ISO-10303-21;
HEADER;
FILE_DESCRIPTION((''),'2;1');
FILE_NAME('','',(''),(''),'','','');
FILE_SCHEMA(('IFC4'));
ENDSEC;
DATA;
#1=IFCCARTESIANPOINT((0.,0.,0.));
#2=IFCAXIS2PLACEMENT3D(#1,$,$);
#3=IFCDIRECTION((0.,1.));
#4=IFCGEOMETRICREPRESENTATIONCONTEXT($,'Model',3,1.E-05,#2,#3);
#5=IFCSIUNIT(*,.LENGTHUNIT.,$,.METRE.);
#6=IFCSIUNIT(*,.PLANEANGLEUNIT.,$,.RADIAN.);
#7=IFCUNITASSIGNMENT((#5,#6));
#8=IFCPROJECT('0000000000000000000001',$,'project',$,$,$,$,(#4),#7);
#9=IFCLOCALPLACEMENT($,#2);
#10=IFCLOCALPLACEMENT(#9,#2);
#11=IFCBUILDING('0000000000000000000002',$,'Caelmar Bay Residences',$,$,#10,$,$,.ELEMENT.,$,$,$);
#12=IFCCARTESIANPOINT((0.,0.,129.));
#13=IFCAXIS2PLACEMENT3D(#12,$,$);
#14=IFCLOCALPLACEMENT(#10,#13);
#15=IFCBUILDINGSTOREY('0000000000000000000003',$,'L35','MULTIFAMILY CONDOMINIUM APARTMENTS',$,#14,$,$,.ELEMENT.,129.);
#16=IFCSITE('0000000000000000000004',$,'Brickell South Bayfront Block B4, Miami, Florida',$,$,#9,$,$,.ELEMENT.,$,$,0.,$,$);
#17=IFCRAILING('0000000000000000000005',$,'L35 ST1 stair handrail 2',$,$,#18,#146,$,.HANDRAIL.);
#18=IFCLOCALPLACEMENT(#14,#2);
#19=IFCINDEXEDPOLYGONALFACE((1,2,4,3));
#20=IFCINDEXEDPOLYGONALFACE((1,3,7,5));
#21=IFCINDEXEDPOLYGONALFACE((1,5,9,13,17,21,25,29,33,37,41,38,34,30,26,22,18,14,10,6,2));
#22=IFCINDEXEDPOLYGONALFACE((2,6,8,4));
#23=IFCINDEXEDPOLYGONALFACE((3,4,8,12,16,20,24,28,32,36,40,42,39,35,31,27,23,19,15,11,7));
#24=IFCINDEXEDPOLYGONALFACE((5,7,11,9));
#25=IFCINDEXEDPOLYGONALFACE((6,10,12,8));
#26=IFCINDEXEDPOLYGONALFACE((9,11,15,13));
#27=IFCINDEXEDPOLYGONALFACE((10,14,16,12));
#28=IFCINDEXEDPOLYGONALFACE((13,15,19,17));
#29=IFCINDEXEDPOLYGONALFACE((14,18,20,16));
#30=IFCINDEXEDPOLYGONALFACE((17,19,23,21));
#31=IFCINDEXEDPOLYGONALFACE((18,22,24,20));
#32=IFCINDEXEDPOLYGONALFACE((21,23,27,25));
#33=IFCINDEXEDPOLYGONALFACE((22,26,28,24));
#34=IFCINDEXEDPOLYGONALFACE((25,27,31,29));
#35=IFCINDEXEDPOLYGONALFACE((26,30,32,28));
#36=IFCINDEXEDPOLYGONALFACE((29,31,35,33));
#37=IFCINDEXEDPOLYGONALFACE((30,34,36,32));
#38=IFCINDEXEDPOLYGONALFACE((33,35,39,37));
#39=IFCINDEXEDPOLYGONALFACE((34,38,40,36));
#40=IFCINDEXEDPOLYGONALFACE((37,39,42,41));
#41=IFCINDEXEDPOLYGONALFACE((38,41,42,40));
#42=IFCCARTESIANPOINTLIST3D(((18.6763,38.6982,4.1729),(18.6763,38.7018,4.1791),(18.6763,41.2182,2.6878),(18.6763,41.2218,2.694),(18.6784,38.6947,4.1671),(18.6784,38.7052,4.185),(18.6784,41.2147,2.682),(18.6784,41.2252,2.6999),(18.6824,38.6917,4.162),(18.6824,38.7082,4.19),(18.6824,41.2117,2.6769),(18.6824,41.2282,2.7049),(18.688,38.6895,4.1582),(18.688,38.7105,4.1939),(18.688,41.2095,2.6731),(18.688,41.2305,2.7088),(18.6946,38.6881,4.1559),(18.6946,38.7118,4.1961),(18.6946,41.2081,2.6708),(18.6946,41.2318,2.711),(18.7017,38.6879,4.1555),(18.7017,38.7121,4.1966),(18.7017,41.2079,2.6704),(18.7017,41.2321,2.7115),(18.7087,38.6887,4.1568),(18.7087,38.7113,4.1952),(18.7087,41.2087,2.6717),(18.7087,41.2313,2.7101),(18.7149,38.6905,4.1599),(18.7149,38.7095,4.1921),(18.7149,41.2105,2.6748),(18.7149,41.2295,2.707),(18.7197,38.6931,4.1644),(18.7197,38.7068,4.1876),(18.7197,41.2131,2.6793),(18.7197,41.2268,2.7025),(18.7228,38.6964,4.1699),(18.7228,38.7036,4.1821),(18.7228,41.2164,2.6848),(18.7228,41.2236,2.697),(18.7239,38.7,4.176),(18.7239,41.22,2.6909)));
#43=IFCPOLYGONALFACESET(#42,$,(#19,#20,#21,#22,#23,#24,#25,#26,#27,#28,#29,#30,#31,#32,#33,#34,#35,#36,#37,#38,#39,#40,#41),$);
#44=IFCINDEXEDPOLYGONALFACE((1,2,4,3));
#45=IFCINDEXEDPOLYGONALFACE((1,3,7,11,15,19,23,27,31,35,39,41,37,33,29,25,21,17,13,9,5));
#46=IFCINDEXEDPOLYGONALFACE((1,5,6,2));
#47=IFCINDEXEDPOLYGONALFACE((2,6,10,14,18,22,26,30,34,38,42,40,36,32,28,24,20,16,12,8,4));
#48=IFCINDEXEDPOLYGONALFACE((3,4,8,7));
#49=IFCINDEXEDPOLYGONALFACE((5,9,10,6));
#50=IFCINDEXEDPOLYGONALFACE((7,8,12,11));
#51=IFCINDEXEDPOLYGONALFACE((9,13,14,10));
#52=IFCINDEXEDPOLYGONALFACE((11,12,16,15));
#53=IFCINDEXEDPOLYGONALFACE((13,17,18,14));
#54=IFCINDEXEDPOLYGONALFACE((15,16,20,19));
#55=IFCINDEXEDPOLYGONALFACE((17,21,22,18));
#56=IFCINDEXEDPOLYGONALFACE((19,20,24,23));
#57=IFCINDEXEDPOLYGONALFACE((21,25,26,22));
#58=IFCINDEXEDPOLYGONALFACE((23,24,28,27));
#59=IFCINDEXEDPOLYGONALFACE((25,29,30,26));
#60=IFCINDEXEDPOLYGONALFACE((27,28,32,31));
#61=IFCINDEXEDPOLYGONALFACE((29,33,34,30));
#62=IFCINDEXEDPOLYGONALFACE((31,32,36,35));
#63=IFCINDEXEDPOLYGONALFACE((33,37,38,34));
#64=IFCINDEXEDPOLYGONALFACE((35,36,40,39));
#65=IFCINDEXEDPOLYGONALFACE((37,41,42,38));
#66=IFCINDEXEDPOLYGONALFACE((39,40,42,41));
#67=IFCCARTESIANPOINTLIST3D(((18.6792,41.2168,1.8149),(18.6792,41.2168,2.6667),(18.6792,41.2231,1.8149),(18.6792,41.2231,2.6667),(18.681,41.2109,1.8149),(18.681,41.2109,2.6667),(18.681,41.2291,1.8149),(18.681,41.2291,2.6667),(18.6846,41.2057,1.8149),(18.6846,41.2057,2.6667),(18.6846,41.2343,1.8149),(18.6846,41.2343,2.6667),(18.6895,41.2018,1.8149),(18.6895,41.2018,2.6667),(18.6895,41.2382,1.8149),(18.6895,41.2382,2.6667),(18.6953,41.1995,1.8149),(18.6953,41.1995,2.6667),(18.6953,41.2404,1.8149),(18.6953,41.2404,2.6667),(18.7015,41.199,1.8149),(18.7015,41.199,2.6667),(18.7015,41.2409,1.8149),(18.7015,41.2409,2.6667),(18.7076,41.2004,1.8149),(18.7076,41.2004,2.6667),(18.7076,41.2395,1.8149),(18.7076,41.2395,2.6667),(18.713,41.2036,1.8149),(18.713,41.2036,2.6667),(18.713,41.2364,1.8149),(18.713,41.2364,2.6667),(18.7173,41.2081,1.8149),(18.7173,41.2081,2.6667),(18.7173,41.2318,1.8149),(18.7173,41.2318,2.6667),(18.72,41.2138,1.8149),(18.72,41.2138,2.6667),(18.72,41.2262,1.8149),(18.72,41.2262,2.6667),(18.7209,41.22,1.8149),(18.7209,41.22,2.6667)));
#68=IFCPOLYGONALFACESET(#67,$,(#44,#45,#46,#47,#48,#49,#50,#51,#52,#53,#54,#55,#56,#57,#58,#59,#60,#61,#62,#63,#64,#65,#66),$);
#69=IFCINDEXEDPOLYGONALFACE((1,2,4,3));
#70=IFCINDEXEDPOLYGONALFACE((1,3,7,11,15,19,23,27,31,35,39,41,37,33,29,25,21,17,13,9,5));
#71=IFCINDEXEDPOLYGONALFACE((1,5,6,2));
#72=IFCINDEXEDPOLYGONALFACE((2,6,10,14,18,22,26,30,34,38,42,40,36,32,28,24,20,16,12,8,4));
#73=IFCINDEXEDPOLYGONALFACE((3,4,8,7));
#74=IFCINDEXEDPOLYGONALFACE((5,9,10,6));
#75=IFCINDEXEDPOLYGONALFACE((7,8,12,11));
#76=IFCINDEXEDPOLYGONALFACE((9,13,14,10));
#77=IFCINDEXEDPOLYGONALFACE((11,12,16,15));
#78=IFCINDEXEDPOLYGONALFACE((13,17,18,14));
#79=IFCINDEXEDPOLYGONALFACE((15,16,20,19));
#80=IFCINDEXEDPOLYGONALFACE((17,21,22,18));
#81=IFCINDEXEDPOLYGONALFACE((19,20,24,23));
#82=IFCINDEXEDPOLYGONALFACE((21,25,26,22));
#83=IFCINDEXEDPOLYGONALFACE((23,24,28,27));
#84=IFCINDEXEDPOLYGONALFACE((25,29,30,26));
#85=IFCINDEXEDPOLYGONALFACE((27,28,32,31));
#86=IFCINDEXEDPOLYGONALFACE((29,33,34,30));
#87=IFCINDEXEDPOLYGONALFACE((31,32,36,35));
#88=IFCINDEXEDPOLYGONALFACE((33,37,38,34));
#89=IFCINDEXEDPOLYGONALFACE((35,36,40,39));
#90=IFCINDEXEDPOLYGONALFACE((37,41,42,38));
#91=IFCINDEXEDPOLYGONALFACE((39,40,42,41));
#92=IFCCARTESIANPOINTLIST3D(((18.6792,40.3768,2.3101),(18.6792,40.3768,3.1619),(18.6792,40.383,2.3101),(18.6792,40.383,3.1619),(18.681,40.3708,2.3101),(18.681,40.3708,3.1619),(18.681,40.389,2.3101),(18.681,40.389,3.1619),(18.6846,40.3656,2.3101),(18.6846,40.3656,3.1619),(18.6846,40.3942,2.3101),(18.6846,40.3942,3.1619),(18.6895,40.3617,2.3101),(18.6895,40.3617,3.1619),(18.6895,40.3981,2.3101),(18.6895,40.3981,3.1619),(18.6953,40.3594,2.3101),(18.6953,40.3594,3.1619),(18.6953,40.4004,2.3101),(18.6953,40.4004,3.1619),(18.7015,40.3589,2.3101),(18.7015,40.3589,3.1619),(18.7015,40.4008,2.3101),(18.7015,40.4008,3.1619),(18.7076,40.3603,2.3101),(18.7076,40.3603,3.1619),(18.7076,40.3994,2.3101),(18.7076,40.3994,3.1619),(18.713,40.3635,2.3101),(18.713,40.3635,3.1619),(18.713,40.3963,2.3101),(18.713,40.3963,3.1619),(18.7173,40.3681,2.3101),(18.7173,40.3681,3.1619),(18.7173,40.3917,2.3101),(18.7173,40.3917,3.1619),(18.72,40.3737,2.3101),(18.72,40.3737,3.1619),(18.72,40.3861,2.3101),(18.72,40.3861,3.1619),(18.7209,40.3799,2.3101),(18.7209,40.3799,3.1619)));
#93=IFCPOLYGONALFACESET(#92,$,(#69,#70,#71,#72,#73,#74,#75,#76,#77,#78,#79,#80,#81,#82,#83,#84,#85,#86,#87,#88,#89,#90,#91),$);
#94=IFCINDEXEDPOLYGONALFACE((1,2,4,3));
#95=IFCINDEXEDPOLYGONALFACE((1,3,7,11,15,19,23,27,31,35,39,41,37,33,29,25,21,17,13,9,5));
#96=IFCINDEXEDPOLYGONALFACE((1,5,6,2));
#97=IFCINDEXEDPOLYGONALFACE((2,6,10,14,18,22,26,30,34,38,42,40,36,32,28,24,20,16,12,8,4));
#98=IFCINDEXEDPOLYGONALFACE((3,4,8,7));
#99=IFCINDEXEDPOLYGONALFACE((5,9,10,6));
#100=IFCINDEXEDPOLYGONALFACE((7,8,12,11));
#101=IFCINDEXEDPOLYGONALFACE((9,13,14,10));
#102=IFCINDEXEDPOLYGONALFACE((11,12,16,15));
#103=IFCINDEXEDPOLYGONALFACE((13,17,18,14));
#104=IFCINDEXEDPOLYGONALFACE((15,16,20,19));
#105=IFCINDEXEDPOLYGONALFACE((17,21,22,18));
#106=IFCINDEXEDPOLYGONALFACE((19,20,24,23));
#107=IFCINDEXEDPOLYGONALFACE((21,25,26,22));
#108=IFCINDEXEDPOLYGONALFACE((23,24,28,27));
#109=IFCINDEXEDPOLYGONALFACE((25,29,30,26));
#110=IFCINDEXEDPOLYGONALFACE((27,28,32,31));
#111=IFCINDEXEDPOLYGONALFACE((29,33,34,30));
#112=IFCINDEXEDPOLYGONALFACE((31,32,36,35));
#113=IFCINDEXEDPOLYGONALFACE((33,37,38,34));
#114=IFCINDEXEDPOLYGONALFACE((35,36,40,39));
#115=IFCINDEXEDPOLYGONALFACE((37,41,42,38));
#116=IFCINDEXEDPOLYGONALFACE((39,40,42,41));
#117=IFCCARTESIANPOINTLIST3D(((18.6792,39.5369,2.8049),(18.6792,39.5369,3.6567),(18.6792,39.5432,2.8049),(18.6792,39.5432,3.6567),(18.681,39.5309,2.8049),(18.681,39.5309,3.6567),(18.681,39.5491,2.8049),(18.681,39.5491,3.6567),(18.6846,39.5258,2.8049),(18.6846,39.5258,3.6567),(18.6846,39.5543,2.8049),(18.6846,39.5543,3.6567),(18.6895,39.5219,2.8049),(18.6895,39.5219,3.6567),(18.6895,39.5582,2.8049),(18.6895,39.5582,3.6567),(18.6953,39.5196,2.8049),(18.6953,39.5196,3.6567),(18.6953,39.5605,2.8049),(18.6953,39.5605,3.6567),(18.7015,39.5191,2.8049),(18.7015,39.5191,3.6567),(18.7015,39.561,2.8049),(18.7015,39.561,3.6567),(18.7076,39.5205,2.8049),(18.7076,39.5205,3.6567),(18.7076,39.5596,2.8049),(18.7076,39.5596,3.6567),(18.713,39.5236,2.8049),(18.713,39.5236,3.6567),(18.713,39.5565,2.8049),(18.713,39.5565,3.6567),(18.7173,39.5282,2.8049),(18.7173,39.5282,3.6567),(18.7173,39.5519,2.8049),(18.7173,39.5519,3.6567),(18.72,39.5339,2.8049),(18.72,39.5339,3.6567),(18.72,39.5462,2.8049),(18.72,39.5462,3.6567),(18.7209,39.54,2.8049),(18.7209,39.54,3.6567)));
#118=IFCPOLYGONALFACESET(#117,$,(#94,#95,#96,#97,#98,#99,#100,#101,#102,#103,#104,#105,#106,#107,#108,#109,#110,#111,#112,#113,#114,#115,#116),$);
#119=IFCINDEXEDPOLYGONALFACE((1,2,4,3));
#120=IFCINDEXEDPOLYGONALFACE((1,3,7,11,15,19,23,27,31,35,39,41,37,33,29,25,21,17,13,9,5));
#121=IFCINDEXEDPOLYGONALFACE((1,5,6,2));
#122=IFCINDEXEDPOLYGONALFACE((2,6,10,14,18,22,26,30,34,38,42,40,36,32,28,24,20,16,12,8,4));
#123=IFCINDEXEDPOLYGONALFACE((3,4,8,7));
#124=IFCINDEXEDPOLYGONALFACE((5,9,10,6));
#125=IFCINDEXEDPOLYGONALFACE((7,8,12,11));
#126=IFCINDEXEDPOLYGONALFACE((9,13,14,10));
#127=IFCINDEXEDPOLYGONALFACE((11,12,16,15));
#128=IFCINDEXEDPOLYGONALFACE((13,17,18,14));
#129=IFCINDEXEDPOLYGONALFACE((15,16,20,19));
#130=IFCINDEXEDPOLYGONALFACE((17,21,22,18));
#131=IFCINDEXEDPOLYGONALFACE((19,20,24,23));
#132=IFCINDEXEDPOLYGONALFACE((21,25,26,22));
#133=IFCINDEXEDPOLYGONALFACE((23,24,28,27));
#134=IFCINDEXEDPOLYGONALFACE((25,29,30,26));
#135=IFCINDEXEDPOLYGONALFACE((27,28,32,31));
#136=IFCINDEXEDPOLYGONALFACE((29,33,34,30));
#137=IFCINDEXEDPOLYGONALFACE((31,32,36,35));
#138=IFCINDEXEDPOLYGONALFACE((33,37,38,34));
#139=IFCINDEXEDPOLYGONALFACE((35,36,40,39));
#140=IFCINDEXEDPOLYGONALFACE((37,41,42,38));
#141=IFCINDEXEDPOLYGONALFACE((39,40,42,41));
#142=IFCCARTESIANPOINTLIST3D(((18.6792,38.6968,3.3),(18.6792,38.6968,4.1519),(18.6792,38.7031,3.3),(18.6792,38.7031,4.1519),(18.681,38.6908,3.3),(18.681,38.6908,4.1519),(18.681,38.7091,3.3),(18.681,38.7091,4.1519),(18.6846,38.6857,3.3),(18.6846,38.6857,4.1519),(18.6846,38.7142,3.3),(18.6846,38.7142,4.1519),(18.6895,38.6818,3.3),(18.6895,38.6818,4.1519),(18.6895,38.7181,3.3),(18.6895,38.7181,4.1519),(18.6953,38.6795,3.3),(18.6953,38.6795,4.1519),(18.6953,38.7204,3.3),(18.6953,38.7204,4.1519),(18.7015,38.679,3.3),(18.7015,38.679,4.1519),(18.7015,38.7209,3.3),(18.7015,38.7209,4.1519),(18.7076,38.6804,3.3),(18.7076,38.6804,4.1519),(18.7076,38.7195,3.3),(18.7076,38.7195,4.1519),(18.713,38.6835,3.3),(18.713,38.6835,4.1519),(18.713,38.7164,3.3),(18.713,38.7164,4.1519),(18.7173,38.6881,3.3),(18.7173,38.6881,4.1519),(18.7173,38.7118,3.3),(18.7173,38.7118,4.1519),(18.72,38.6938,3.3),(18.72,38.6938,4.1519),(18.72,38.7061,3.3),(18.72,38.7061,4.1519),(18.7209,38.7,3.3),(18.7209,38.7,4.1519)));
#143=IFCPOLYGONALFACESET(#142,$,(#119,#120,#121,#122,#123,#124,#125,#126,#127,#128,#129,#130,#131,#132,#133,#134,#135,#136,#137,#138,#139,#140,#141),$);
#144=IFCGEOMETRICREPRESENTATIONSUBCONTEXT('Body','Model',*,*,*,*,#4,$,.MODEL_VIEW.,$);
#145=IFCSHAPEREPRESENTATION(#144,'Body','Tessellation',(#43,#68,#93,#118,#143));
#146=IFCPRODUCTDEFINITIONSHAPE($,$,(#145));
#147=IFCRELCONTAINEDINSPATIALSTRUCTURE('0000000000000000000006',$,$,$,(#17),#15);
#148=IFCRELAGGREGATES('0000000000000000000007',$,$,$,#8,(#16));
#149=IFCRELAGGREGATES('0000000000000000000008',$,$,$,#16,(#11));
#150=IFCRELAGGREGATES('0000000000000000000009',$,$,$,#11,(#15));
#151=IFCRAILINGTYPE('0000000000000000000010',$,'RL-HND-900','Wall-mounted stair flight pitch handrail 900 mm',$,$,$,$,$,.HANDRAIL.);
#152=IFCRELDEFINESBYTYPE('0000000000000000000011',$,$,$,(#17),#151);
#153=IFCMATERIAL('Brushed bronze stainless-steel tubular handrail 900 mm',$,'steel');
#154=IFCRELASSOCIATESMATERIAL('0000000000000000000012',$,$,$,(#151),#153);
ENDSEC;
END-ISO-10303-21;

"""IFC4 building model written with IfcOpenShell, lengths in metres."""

from ifc_helpers import new_model, si_unit, direction, frame, origin, origin_2d, place, context, subcontext, project, spatial, circle, extrude, material, type_object, element, save


model = new_model("IFC4")

# Units and contexts
model_context = context("Model", 3, precision=1e-05, world=origin(), true_north=direction((0.0, 1.0)))
body_context = subcontext(model_context, "Body", "Model", "MODEL_VIEW")
ifc_project = project(units=[si_unit("LENGTHUNIT", "METRE"), si_unit("PLANEANGLEUNIT", "RADIAN")], contexts=[model_context])

# Site, building, storey
site_placement = place(None, origin())
site = spatial("IfcSite", under=ifc_project, at=site_placement, Name="Brickell South Bayfront Block B4, Miami, Florida", CompositionType="ELEMENT", RefElevation=0.0)
building_placement = place(site_placement, origin())
building = spatial("IfcBuilding", under=site, at=building_placement, Name="Caelmar Bay Residences", CompositionType="ELEMENT")
storey_placement = place(building_placement, frame((0.0, 0.0, 129.0)))
storey = spatial("IfcBuildingStorey", under=building, at=storey_placement, Name="L35", Description="MULTIFAMILY CONDOMINIUM APARTMENTS", CompositionType="ELEMENT", Elevation=129.0)

# Railing
ifc_material_1 = material(Name="Brushed bronze stainless-steel tubular handrail 900 mm", Category="steel")
railing_type_1 = type_object("IfcRailingType", Name="RL-HND-900", Description="Wall-mounted stair flight pitch handrail 900 mm", PredefinedType="HANDRAIL", material=ifc_material_1)
railing_1_placement = place(storey_placement, frame((18.7, 41.22, 1.8149)))
element("IfcRailing", 1, at=railing_1_placement, inside=storey, type_object=railing_type_1, Name="L35 ST1 stair handrail 2", PredefinedType="HANDRAIL", context=body_context, shape_type="SweptSolid", body=[
    extrude(circle(Radius=0.0239, at=origin_2d()), frame((0.0, 0.0, 0.876), z_axis=(0.0, -0.861524, 0.507717), x_axis=(1.0, 0.0, 0.0)), (0.0, 0.0, 1.0), 2.925),
    extrude(circle(Radius=0.021, at=origin_2d()), origin(), (0.0, 0.0, 1.0), 0.8518),
    extrude(circle(Radius=0.021, at=origin_2d()), frame((0.0, -0.8401, 0.4951)), (0.0, 0.0, 1.0), 0.8518),
    extrude(circle(Radius=0.021, at=origin_2d()), frame((0.0, -1.6799, 0.99)), (0.0, 0.0, 1.0), 0.8518),
    extrude(circle(Radius=0.021, at=origin_2d()), frame((0.0, -2.52, 1.4851)), (0.0, 0.0, 1.0), 0.8518),
])

save(model, "model.ifc")
